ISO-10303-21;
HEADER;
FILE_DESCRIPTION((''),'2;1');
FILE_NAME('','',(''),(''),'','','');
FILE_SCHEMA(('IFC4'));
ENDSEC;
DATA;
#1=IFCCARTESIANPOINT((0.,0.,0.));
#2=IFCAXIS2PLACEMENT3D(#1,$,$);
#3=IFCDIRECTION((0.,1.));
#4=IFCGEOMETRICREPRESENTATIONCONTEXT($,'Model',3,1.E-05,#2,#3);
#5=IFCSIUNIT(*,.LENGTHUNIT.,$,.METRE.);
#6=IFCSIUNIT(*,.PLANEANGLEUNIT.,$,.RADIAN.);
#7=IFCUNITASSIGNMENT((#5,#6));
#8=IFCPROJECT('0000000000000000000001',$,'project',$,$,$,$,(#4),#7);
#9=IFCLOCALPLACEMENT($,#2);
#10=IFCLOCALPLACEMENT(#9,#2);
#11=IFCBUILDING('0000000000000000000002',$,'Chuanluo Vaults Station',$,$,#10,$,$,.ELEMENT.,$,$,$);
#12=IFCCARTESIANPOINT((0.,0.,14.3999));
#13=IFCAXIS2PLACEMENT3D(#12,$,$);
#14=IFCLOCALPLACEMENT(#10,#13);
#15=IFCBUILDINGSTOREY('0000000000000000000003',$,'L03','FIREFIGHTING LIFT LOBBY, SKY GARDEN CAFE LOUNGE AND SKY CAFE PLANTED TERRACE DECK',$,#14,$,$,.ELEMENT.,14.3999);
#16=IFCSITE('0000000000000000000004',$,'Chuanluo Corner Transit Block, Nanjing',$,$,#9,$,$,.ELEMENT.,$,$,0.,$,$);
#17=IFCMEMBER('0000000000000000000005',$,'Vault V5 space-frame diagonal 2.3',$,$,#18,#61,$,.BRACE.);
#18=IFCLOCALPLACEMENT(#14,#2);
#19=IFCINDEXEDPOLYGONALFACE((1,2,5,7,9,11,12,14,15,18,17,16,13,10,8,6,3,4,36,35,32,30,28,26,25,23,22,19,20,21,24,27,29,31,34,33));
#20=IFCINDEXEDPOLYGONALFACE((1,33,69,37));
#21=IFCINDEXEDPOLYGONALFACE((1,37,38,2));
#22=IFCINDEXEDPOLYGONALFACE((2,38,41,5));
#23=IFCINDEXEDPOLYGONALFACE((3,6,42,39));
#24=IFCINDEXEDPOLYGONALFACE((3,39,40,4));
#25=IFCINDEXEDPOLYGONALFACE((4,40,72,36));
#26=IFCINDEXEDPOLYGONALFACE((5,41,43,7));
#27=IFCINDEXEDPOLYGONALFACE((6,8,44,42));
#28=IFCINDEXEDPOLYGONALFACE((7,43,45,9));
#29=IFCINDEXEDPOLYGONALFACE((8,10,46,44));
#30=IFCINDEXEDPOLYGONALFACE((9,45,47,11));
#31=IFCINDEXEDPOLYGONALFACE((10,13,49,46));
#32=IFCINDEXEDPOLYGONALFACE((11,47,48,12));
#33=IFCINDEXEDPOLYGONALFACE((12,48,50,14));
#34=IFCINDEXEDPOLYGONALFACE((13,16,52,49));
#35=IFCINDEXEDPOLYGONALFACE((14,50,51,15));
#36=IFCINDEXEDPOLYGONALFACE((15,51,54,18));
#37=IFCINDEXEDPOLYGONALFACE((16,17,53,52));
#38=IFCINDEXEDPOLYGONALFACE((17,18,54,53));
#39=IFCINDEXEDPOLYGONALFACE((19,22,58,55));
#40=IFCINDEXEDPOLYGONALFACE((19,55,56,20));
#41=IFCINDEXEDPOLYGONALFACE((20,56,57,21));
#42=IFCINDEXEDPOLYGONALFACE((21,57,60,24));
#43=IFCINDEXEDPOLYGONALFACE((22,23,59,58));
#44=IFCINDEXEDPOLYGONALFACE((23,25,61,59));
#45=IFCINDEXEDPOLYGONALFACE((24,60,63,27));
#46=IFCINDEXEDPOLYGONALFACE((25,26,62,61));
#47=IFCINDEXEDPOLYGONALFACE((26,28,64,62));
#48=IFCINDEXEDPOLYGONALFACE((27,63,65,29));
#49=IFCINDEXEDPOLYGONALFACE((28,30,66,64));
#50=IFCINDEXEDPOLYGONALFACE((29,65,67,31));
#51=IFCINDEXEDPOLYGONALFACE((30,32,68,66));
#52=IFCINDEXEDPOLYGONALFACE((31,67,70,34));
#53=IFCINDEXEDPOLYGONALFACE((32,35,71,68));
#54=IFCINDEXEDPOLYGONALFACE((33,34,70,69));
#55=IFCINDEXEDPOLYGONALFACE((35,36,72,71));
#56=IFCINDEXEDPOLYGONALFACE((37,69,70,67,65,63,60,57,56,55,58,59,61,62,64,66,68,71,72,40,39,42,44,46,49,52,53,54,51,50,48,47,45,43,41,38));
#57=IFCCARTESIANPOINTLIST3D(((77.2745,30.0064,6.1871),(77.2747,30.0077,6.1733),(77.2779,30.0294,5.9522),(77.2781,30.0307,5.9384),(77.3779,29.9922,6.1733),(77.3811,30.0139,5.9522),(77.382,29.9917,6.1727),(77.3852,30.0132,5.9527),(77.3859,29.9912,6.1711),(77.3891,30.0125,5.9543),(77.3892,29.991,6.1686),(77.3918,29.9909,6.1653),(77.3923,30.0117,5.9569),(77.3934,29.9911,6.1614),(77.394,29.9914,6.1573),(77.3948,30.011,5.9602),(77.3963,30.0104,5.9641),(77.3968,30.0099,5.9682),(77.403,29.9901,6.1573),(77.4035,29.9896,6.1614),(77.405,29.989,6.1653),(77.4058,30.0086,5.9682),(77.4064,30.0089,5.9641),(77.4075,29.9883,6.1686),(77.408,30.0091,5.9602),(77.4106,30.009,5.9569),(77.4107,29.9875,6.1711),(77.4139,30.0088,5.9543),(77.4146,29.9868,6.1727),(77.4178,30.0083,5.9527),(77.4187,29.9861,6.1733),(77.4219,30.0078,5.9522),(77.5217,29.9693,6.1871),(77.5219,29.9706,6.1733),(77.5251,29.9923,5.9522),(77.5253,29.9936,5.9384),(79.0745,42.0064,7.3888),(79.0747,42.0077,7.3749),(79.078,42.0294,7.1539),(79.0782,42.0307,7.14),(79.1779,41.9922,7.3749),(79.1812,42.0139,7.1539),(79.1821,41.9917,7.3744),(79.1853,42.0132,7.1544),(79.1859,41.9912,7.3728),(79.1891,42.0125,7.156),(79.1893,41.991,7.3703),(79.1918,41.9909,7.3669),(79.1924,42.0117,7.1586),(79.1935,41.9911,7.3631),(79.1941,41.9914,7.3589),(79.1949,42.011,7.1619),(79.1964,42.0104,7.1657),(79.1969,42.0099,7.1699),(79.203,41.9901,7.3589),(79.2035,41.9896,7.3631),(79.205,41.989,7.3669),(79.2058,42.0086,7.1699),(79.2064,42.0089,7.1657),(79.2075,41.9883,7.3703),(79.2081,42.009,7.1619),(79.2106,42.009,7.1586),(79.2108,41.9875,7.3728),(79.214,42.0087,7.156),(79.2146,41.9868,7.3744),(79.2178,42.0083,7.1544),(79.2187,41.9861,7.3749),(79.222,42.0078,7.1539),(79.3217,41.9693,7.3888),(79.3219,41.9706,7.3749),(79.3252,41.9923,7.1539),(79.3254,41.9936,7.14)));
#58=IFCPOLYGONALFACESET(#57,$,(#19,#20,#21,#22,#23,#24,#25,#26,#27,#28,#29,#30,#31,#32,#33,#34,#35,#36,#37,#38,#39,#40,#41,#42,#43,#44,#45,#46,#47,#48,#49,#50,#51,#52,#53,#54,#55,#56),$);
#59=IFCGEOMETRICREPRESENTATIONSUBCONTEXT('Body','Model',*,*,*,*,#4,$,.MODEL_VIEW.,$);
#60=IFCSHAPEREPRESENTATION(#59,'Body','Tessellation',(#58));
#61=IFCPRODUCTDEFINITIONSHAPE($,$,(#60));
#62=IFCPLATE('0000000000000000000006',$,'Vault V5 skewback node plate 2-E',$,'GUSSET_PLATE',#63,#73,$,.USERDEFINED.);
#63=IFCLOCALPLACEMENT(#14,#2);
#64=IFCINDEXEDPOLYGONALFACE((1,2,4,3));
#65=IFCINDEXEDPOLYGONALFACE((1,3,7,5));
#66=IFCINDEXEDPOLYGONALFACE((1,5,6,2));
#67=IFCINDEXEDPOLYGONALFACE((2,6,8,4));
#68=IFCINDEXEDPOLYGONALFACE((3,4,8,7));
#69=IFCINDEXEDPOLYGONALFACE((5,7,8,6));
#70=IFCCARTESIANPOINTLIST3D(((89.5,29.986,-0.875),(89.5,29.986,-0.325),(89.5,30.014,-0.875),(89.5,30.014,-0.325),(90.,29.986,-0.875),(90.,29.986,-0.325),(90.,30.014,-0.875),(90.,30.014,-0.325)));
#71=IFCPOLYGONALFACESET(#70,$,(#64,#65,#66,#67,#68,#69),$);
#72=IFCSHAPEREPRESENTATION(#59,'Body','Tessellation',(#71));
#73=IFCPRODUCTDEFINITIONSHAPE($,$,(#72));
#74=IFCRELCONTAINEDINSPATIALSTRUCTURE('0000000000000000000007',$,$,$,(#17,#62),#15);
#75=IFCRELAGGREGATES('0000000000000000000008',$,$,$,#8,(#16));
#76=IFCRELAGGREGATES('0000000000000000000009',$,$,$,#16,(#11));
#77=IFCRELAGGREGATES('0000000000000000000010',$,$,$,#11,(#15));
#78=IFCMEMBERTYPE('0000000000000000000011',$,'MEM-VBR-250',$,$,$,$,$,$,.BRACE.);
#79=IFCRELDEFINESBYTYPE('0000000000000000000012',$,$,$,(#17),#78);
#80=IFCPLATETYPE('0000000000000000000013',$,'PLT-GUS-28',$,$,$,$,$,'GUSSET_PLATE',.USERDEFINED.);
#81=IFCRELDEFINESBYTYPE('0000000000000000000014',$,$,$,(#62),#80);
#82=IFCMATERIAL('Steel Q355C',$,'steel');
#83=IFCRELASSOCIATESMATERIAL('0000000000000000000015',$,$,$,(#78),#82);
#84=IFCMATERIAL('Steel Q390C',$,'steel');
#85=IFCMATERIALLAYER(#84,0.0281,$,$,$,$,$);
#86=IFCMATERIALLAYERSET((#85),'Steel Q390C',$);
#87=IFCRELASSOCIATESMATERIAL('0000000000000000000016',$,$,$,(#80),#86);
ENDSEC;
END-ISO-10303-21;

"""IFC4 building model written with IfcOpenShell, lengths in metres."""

from ifc_helpers import new_model, si_unit, direction, frame, origin, origin_2d, place, context, subcontext, project, spatial, rectangle, i_section, extrude, material, layer, layer_set, material_profile, profile_set, type_object, element, save


model = new_model("IFC4")

# Units and contexts
model_context = context("Model", 3, precision=1e-05, world=origin(), true_north=direction((0.0, 1.0)))
body_context = subcontext(model_context, "Body", "Model", "MODEL_VIEW")
ifc_project = project(units=[si_unit("LENGTHUNIT", "METRE"), si_unit("PLANEANGLEUNIT", "RADIAN")], contexts=[model_context])

# Site, building, storey
site_placement = place(None, origin())
site = spatial("IfcSite", under=ifc_project, at=site_placement, Name="Chuanluo Corner Transit Block, Nanjing", CompositionType="ELEMENT", RefElevation=0.0)
building_placement = place(site_placement, origin())
building = spatial("IfcBuilding", under=site, at=building_placement, Name="Chuanluo Vaults Station", CompositionType="ELEMENT")
storey_placement = place(building_placement, frame((0.0, 0.0, 14.3999)))
storey = spatial("IfcBuildingStorey", under=building, at=storey_placement, Name="L03", Description="FIREFIGHTING LIFT LOBBY, SKY GARDEN CAFE LOUNGE AND SKY CAFE PLANTED TERRACE DECK", CompositionType="ELEMENT", Elevation=14.3999)

# Member
ifc_material_1 = material(Name="Steel Q355C", Category="steel")
ifc_material_profile_1 = material_profile(ifc_material_1, i_section(OverallWidth=0.25, OverallDepth=0.25, WebThickness=0.009, FlangeThickness=0.0139, FilletRadius=0.0161, at=origin_2d()))
ifc_profile_set_1 = profile_set([ifc_material_profile_1], Name="Steel Q355C")
member_type_1 = type_object("IfcMemberType", Name="MEM-VBR-250", PredefinedType="BRACE", material=ifc_profile_set_1)
member_1_placement = place(storey_placement, frame((77.3999, 30.0, 6.0627), z_axis=(0.147622, 0.984122, 0.098548), x_axis=(-0.988936, 0.148344, 0.0)))
element("IfcMember", 1, at=member_1_placement, inside=storey, type_object=member_type_1, Name="Vault V5 space-frame diagonal 2.3", PredefinedType="BRACE", context=body_context, shape_type="SweptSolid", body=[
    extrude(i_section(OverallWidth=0.25, OverallDepth=0.25, WebThickness=0.009, FlangeThickness=0.0139, FilletRadius=0.0161, at=origin_2d()), origin(), (0.0, 0.0, 1.0), 12.1936),
])

# Plate
ifc_material_2 = material(Name="Steel Q390C", Category="steel")
ifc_layer = layer(ifc_material_2, 0.0281)
ifc_layer_set = layer_set([ifc_layer], Name="Steel Q390C")
plate_type = type_object("IfcPlateType", Name="PLT-GUS-28", ElementType="GUSSET_PLATE", PredefinedType="USERDEFINED", material=ifc_layer_set)
plate_placement = place(storey_placement, frame((89.75, 30.0, -0.875), z_axis=(0.0, 0.0, 1.0), x_axis=(1.0, 0.0, 0.0)))
element("IfcPlate", 2, at=plate_placement, inside=storey, type_object=plate_type, Name="Vault V5 skewback node plate 2-E", ObjectType="GUSSET_PLATE", PredefinedType="USERDEFINED", context=body_context, shape_type="SweptSolid", body=[
    extrude(rectangle(XDim=0.5, YDim=0.0281, at=origin_2d()), origin(), (0.0, 0.0, 1.0), 0.55),
])

save(model, "model.ifc")
